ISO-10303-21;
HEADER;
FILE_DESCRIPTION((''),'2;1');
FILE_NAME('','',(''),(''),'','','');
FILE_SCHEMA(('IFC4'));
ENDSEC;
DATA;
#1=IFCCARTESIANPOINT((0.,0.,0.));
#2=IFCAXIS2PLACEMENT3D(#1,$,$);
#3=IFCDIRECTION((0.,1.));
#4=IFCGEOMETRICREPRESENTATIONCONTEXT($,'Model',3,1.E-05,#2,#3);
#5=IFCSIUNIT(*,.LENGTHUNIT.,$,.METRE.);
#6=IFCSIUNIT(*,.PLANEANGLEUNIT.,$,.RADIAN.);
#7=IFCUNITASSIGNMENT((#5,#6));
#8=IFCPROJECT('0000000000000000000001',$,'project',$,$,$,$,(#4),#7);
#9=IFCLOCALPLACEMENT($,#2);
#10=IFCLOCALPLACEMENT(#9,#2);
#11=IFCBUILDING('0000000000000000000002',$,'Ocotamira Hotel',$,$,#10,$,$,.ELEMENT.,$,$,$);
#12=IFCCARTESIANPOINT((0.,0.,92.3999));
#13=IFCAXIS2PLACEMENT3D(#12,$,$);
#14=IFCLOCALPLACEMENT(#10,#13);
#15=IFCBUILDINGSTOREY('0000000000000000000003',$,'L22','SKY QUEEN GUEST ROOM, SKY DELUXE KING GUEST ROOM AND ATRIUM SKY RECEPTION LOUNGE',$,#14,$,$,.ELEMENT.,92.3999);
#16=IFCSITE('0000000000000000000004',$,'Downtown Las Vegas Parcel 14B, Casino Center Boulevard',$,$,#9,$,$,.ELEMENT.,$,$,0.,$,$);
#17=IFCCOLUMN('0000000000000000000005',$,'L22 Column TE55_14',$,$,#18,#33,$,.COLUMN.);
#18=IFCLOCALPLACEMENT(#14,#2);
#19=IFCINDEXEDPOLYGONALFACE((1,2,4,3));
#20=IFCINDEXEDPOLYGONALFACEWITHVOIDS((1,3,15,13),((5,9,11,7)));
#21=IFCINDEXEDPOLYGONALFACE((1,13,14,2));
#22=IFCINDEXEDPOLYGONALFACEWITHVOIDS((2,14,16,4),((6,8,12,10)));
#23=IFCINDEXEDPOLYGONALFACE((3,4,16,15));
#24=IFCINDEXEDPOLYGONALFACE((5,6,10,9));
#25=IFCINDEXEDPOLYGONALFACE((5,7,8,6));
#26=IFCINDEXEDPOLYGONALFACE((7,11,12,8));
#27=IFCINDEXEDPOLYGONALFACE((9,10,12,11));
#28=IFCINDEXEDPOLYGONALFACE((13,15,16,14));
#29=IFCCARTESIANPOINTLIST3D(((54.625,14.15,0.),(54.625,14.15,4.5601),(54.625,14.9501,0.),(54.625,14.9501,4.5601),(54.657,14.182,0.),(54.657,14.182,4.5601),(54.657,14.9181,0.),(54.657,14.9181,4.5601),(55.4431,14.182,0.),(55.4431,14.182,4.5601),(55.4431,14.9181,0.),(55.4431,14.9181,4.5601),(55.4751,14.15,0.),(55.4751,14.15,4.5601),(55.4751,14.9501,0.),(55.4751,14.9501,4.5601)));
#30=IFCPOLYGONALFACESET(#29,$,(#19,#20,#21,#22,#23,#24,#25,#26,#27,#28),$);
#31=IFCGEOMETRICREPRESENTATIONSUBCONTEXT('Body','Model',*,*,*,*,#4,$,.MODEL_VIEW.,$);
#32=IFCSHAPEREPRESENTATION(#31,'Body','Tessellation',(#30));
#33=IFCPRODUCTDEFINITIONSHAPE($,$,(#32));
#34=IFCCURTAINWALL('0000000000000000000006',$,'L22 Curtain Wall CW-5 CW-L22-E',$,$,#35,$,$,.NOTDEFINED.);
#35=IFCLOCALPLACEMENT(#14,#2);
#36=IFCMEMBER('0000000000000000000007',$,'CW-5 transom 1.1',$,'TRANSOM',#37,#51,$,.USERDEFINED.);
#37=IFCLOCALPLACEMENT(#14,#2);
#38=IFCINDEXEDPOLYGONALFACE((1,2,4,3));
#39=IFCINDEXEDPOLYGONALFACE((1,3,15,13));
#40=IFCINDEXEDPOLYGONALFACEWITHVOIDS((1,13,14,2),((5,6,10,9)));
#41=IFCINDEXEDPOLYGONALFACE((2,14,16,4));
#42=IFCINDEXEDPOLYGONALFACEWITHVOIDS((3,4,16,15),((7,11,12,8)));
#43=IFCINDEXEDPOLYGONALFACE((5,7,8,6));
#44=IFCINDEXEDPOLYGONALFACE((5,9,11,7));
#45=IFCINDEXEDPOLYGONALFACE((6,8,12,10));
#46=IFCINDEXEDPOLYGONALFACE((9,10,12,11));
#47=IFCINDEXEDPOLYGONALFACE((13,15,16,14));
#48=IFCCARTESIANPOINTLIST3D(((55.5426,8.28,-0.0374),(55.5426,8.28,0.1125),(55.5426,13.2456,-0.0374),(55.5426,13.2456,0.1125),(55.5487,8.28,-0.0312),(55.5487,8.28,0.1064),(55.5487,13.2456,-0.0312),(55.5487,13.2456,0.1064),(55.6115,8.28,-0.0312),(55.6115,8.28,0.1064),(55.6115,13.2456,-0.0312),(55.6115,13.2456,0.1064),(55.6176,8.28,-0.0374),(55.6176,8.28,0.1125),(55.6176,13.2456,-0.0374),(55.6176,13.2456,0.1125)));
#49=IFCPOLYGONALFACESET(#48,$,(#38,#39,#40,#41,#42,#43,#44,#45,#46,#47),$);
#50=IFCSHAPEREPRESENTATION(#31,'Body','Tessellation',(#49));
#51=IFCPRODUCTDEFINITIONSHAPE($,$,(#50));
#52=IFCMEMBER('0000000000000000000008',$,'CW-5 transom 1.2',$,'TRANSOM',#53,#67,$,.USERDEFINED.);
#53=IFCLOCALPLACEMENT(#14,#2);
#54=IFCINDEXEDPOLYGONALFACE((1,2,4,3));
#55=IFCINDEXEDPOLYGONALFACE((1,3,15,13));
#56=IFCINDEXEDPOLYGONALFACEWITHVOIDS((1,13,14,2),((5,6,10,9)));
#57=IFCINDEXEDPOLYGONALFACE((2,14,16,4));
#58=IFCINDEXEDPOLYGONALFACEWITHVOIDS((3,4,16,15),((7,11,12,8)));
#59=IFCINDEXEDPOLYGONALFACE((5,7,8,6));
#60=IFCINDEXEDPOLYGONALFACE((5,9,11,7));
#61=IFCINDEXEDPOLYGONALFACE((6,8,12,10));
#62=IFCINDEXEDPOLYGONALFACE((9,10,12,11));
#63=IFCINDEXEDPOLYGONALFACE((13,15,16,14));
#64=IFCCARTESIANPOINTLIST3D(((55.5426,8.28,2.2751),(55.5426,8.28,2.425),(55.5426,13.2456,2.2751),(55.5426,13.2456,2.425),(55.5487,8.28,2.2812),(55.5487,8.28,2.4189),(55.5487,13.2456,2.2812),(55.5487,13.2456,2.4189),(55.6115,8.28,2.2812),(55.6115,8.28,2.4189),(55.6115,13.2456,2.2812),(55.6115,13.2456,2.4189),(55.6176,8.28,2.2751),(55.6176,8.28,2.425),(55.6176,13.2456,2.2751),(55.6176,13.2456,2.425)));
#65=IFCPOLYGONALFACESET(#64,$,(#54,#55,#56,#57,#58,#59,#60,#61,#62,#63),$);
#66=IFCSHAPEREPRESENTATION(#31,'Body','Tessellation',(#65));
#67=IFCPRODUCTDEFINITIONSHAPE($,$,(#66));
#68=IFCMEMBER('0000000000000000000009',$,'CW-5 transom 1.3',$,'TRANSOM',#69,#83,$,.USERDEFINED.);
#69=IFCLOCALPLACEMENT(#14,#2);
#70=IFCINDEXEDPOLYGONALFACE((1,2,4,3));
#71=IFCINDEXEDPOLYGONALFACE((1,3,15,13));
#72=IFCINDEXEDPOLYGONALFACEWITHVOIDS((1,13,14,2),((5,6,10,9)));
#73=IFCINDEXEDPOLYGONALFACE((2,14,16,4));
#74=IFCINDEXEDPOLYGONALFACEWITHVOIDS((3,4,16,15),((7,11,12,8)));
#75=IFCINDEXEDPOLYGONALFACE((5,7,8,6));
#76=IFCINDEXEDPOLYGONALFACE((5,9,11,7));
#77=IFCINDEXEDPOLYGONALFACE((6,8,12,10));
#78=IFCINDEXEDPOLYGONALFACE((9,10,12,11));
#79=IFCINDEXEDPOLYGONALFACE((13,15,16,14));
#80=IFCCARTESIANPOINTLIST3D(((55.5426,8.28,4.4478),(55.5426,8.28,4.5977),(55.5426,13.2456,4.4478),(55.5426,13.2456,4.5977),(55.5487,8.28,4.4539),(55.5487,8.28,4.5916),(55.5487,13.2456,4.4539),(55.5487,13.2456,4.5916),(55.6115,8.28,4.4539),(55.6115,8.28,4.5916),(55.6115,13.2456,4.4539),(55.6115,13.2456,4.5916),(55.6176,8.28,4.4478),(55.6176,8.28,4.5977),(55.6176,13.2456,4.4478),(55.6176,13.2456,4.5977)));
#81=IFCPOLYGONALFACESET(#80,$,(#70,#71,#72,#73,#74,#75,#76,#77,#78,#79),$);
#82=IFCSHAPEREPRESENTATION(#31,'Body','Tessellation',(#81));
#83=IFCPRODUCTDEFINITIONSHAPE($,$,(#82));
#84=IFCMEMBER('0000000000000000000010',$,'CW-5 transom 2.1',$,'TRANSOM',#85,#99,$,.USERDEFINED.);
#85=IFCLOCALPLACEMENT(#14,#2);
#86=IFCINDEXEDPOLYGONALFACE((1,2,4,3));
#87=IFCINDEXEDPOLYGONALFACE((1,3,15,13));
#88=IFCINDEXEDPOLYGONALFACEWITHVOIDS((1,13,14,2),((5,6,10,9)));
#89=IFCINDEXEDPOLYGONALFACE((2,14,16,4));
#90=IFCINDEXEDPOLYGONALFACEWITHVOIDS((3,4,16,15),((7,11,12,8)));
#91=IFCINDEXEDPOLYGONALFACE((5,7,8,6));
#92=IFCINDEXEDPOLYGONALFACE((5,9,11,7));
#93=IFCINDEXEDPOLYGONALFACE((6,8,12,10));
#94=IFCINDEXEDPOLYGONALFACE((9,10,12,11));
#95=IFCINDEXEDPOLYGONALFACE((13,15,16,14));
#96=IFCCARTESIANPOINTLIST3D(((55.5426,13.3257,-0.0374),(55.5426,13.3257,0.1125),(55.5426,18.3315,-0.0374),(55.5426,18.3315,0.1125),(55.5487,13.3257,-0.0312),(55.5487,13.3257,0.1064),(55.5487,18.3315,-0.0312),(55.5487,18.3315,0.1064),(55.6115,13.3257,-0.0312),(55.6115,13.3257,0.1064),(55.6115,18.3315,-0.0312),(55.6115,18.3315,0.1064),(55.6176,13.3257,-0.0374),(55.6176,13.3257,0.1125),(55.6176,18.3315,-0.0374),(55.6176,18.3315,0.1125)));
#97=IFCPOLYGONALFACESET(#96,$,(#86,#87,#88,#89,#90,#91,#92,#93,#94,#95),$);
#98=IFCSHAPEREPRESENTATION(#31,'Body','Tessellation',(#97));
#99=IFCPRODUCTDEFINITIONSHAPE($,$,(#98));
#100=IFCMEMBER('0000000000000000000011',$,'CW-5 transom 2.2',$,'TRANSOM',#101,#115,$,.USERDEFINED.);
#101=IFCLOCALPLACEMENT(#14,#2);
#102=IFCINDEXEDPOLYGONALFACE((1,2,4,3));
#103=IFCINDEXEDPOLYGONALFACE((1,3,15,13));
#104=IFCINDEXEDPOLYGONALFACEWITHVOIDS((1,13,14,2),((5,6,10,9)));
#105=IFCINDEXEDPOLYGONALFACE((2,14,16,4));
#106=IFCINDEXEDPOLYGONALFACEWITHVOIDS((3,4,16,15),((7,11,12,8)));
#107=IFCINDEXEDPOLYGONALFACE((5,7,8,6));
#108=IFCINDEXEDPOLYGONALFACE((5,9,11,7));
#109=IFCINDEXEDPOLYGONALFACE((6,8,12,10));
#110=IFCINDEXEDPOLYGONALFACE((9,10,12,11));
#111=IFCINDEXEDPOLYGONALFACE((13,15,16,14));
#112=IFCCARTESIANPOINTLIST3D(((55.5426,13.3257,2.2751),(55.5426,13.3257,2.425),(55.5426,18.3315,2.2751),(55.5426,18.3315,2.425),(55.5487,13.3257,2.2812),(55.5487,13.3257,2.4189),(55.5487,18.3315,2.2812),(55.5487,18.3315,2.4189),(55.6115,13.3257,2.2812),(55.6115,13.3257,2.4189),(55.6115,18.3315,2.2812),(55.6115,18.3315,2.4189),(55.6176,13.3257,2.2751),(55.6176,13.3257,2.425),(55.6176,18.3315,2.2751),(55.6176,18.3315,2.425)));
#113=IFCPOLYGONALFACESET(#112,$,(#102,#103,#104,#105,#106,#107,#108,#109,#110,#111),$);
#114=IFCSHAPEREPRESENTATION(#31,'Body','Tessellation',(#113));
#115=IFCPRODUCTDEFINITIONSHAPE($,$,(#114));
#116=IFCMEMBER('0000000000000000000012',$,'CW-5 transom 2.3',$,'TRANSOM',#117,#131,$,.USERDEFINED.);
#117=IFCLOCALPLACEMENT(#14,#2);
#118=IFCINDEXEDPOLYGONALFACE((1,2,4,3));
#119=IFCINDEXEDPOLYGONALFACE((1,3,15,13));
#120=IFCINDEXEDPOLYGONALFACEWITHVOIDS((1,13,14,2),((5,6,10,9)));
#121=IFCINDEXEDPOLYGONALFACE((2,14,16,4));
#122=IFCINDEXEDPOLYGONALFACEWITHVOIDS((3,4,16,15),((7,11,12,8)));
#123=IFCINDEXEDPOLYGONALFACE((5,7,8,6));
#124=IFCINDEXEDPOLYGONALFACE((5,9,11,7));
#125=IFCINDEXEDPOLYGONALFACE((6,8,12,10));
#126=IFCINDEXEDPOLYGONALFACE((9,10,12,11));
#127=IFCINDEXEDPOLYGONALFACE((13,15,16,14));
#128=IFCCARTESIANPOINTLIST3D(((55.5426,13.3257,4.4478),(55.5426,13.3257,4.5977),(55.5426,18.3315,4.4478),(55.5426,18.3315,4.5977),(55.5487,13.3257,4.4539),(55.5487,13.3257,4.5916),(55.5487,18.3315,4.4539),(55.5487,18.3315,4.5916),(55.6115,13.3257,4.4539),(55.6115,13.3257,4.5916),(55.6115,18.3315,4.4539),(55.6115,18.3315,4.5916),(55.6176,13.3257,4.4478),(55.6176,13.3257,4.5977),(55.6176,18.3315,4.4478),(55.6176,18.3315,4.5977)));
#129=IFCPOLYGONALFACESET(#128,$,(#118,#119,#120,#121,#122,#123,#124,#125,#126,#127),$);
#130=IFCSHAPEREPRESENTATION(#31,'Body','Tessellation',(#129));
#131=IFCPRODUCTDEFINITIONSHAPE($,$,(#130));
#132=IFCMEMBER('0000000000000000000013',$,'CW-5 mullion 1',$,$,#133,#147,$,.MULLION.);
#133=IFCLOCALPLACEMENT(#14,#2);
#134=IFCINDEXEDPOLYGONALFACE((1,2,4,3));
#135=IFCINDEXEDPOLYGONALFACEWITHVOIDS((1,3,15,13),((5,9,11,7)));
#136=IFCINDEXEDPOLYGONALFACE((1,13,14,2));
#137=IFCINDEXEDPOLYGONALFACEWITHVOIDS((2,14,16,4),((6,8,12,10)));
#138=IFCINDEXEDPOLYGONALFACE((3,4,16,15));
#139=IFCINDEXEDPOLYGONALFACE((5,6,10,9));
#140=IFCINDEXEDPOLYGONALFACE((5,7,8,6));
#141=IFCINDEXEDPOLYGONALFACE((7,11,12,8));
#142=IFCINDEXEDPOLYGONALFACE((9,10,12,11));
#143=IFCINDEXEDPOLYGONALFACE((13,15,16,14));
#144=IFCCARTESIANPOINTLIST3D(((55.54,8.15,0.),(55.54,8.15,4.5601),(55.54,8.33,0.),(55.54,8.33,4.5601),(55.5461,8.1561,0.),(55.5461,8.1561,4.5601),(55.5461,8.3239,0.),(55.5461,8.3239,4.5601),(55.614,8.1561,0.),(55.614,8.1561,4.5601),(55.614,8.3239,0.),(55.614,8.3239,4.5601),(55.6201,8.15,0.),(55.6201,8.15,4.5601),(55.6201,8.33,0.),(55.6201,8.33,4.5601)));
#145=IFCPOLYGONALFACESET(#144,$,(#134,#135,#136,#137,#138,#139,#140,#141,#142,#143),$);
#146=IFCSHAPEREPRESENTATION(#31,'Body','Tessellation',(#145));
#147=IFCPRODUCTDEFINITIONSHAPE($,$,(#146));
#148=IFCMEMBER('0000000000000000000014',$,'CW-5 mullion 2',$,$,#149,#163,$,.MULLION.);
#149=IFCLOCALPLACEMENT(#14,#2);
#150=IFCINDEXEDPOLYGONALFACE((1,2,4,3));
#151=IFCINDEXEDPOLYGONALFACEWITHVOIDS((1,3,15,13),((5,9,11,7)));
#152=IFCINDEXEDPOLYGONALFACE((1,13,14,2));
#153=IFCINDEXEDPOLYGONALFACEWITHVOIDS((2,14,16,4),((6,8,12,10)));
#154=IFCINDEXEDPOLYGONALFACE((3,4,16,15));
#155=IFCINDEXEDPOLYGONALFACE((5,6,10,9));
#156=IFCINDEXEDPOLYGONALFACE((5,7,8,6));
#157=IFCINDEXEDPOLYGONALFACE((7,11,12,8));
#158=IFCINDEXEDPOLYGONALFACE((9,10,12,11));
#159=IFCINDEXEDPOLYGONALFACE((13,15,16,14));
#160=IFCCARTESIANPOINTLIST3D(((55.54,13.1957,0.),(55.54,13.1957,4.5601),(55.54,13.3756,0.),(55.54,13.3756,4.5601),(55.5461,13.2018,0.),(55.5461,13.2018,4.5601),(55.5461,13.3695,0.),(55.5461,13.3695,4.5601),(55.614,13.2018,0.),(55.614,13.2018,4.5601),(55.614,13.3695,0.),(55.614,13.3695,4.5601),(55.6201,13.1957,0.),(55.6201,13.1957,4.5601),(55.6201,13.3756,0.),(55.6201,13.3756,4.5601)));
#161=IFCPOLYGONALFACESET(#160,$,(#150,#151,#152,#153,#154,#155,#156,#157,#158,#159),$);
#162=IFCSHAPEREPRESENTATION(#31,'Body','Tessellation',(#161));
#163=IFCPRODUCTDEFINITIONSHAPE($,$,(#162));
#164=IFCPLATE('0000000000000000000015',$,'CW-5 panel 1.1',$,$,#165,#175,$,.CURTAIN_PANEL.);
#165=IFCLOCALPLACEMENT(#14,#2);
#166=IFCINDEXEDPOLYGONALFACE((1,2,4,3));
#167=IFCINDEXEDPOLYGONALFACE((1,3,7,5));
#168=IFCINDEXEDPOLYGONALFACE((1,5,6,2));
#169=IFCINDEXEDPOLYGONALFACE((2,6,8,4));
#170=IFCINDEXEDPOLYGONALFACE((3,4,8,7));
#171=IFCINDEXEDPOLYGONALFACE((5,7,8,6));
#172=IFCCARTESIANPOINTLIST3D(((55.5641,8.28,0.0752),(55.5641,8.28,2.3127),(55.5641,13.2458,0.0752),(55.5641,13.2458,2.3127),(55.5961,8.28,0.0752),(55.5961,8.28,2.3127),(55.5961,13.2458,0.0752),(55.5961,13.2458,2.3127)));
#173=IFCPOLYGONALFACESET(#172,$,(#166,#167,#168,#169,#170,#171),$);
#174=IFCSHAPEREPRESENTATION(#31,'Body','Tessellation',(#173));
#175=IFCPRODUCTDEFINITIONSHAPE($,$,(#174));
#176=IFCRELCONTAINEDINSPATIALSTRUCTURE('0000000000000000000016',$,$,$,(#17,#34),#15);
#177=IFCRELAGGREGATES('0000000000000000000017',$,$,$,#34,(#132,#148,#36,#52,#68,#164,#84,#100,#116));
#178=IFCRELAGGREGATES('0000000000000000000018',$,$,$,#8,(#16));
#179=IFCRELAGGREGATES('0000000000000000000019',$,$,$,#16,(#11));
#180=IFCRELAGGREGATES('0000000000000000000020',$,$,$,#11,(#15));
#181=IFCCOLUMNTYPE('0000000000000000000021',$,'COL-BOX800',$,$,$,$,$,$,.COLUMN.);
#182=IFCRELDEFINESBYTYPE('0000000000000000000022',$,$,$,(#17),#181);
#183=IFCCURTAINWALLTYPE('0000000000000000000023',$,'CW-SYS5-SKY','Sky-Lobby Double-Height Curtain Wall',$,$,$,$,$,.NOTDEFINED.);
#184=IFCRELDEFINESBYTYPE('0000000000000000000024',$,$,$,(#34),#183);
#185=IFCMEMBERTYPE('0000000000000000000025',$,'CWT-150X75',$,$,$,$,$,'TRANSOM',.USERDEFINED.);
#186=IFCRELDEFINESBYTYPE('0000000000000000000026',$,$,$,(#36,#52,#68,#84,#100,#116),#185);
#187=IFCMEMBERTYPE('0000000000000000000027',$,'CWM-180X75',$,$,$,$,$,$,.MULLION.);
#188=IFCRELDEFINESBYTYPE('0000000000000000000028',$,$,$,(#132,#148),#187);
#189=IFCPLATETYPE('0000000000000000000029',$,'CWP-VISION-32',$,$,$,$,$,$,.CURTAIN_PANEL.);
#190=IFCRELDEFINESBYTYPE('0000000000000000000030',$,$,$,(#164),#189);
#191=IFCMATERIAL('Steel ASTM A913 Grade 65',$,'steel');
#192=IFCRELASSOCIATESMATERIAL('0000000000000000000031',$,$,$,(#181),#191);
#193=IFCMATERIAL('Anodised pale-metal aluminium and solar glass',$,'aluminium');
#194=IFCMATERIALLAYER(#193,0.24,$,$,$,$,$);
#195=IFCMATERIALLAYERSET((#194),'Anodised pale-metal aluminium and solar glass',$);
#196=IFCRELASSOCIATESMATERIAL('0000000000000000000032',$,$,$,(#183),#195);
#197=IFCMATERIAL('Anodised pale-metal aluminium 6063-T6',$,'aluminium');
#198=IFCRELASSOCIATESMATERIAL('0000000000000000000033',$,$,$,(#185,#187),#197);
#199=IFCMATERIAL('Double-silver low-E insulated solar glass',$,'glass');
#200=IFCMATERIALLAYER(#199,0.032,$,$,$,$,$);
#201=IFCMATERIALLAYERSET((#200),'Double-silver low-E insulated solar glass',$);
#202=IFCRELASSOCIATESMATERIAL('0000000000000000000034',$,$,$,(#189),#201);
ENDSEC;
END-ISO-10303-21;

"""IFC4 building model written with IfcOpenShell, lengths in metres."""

from ifc_helpers import new_model, si_unit, direction, frame, origin, origin_2d, place, context, subcontext, project, spatial, rectangle, hollow_rectangle, extrude, source, transform, mapped, material, layer, layer_set, material_profile, profile_set, type_object, element, aggregate, save


model = new_model("IFC4")

# Units and contexts
model_context = context("Model", 3, precision=1e-05, world=origin(), true_north=direction((0.0, 1.0)))
body_context = subcontext(model_context, "Body", "Model", "MODEL_VIEW")
ifc_project = project(units=[si_unit("LENGTHUNIT", "METRE"), si_unit("PLANEANGLEUNIT", "RADIAN")], contexts=[model_context])

# Site, building, storey
site_placement = place(None, origin())
site = spatial("IfcSite", under=ifc_project, at=site_placement, Name="Downtown Las Vegas Parcel 14B, Casino Center Boulevard", CompositionType="ELEMENT", RefElevation=0.0)
building_placement = place(site_placement, origin())
building = spatial("IfcBuilding", under=site, at=building_placement, Name="Ocotamira Hotel", CompositionType="ELEMENT")
storey_placement = place(building_placement, frame((0.0, 0.0, 92.3999)))
storey = spatial("IfcBuildingStorey", under=building, at=storey_placement, Name="L22", Description="SKY QUEEN GUEST ROOM, SKY DELUXE KING GUEST ROOM AND ATRIUM SKY RECEPTION LOUNGE", CompositionType="ELEMENT", Elevation=92.3999)

# Column
ifc_material_1 = material(Name="Steel ASTM A913 Grade 65", Category="steel")
ifc_material_profile_1 = material_profile(ifc_material_1, hollow_rectangle(XDim=0.8501, YDim=0.8, WallThickness=0.032, at=origin_2d()), Name="BOX800X850X32")
ifc_profile_set_1 = profile_set([ifc_material_profile_1], Name="Steel ASTM A913 Grade 65")
column_type = type_object("IfcColumnType", Name="COL-BOX800", PredefinedType="COLUMN", material=ifc_profile_set_1)
shared_shape_1 = source(origin(), body_context, "Body", "SweptSolid", [
    extrude(hollow_rectangle(XDim=0.8501, YDim=0.8, WallThickness=0.032, at=origin_2d()), origin(), (0.0, 0.0, 1.0), 4.5601),
])
column_placement = place(storey_placement, frame((55.05, 14.55, 0.0), z_axis=(0.0, 0.0, 1.0), x_axis=(1.0, 0.0, 0.0)))
element("IfcColumn", 1, at=column_placement, inside=storey, type_object=column_type, Name="L22 Column TE55_14", PredefinedType="COLUMN", context=body_context, shape_type="MappedRepresentation", body=[
    mapped(shared_shape_1, transform((0.0, 0.0, 0.0), scale=1.0)),
])

# Curtain wall, members, plate
ifc_material_2 = material(Name="Anodised pale-metal aluminium and solar glass", Category="aluminium")
ifc_layer_1 = layer(ifc_material_2, 0.24)
ifc_layer_set_1 = layer_set([ifc_layer_1], Name="Anodised pale-metal aluminium and solar glass")
curtain_wall_type = type_object("IfcCurtainWallType", Name="CW-SYS5-SKY", Description="Sky-Lobby Double-Height Curtain Wall", PredefinedType="NOTDEFINED", material=ifc_layer_set_1)
curtain_wall_placement = place(storey_placement, origin())
curtain_wall = element("IfcCurtainWall", 2, at=curtain_wall_placement, inside=storey, type_object=curtain_wall_type, Name="L22 Curtain Wall CW-5 CW-L22-E", PredefinedType="NOTDEFINED")
ifc_material_3 = material(Name="Anodised pale-metal aluminium 6063-T6", Category="aluminium")
ifc_material_profile_2 = material_profile(ifc_material_3, hollow_rectangle(XDim=0.075, YDim=0.1499, WallThickness=0.0061, at=origin_2d()), Name="HSS150X75X6")
ifc_profile_set_2 = profile_set([ifc_material_profile_2], Name="Anodised pale-metal aluminium 6063-T6")
member_type_1 = type_object("IfcMemberType", Name="CWT-150X75", ElementType="TRANSOM", PredefinedType="USERDEFINED", material=ifc_profile_set_2)
shared_shape_2 = source(origin(), body_context, "Body", "SweptSolid", [
    extrude(hollow_rectangle(XDim=0.075, YDim=0.1499, WallThickness=0.0061, at=origin_2d()), origin(), (0.0, 0.0, 1.0), 4.9656),
])
member_1_placement = place(storey_placement, frame((55.5801, 8.28, 0.0376), z_axis=(0.0, 1.0, 0.0), x_axis=(-1.0, 0.0, 0.0)))
member_1 = element("IfcMember", 3, at=member_1_placement, type_object=member_type_1, Name="CW-5 transom 1.1", ObjectType="TRANSOM", PredefinedType="USERDEFINED", context=body_context, shape_type="MappedRepresentation", body=[
    mapped(shared_shape_2, transform((0.0, 0.0, 0.0), scale=1.0)),
])
member_2_placement = place(storey_placement, frame((55.5801, 8.28, 2.3501), z_axis=(0.0, 1.0, 0.0), x_axis=(-1.0, 0.0, 0.0)))
member_2 = element("IfcMember", 4, at=member_2_placement, type_object=member_type_1, Name="CW-5 transom 1.2", ObjectType="TRANSOM", PredefinedType="USERDEFINED", context=body_context, shape_type="MappedRepresentation", body=[
    mapped(shared_shape_2, transform((0.0, 0.0, 0.0), scale=1.0)),
])
member_3_placement = place(storey_placement, frame((55.5801, 8.28, 4.5227), z_axis=(0.0, 1.0, 0.0), x_axis=(-1.0, 0.0, 0.0)))
member_3 = element("IfcMember", 5, at=member_3_placement, type_object=member_type_1, Name="CW-5 transom 1.3", ObjectType="TRANSOM", PredefinedType="USERDEFINED", context=body_context, shape_type="MappedRepresentation", body=[
    mapped(shared_shape_2, transform((0.0, 0.0, 0.0), scale=1.0)),
])
shared_shape_3 = source(origin(), body_context, "Body", "SweptSolid", [
    extrude(hollow_rectangle(XDim=0.075, YDim=0.1499, WallThickness=0.0061, at=origin_2d()), origin(), (0.0, 0.0, 1.0), 5.0059),
])
member_4_placement = place(storey_placement, frame((55.5801, 13.3257, 0.0376), z_axis=(0.0, 1.0, 0.0), x_axis=(-1.0, 0.0, 0.0)))
member_4 = element("IfcMember", 6, at=member_4_placement, type_object=member_type_1, Name="CW-5 transom 2.1", ObjectType="TRANSOM", PredefinedType="USERDEFINED", context=body_context, shape_type="MappedRepresentation", body=[
    mapped(shared_shape_3, transform((0.0, 0.0, 0.0), scale=1.0)),
])
member_5_placement = place(storey_placement, frame((55.5801, 13.3257, 2.3501), z_axis=(0.0, 1.0, 0.0), x_axis=(-1.0, 0.0, 0.0)))
member_5 = element("IfcMember", 7, at=member_5_placement, type_object=member_type_1, Name="CW-5 transom 2.2", ObjectType="TRANSOM", PredefinedType="USERDEFINED", context=body_context, shape_type="MappedRepresentation", body=[
    mapped(shared_shape_3, transform((0.0, 0.0, 0.0), scale=1.0)),
])
member_6_placement = place(storey_placement, frame((55.5801, 13.3257, 4.5227), z_axis=(0.0, 1.0, 0.0), x_axis=(-1.0, 0.0, 0.0)))
member_6 = element("IfcMember", 8, at=member_6_placement, type_object=member_type_1, Name="CW-5 transom 2.3", ObjectType="TRANSOM", PredefinedType="USERDEFINED", context=body_context, shape_type="MappedRepresentation", body=[
    mapped(shared_shape_3, transform((0.0, 0.0, 0.0), scale=1.0)),
])
ifc_material_profile_3 = material_profile(ifc_material_3, hollow_rectangle(XDim=0.0801, YDim=0.1799, WallThickness=0.0061, at=origin_2d()), Name="HSS180X80X6")
ifc_profile_set_3 = profile_set([ifc_material_profile_3], Name="Anodised pale-metal aluminium 6063-T6")
member_type_2 = type_object("IfcMemberType", Name="CWM-180X75", PredefinedType="MULLION", material=ifc_profile_set_3)
shared_shape_4 = source(origin(), body_context, "Body", "SweptSolid", [
    extrude(hollow_rectangle(XDim=0.0801, YDim=0.1799, WallThickness=0.0061, at=origin_2d()), origin(), (0.0, 0.0, 1.0), 4.5601),
])
member_7_placement = place(storey_placement, frame((55.5801, 8.24, 0.0), z_axis=(0.0, 0.0, 1.0), x_axis=(-1.0, 0.0, 0.0)))
member_7 = element("IfcMember", 9, at=member_7_placement, type_object=member_type_2, Name="CW-5 mullion 1", PredefinedType="MULLION", context=body_context, shape_type="MappedRepresentation", body=[
    mapped(shared_shape_4, transform((0.0, 0.0, 0.0), scale=1.0)),
])
member_8_placement = place(storey_placement, frame((55.5801, 13.2856, 0.0), z_axis=(0.0, 0.0, 1.0), x_axis=(-1.0, 0.0, 0.0)))
member_8 = element("IfcMember", 10, at=member_8_placement, type_object=member_type_2, Name="CW-5 mullion 2", PredefinedType="MULLION", context=body_context, shape_type="MappedRepresentation", body=[
    mapped(shared_shape_4, transform((0.0, 0.0, 0.0), scale=1.0)),
])
ifc_material_4 = material(Name="Double-silver low-E insulated solar glass", Category="glass")
ifc_layer_2 = layer(ifc_material_4, 0.032)
ifc_layer_set_2 = layer_set([ifc_layer_2], Name="Double-silver low-E insulated solar glass")
plate_type = type_object("IfcPlateType", Name="CWP-VISION-32", PredefinedType="CURTAIN_PANEL", material=ifc_layer_set_2)
shared_shape_5 = source(origin(), body_context, "Body", "SweptSolid", [
    extrude(rectangle(XDim=4.9658, YDim=0.032, at=origin_2d()), origin(), (0.0, 0.0, 1.0), 2.2375),
])
plate_1_placement = place(storey_placement, frame((55.5801, 10.7629, 0.0752), z_axis=(0.0, 0.0, 1.0), x_axis=(0.0, 1.0, 0.0)))
plate_1 = element("IfcPlate", 11, at=plate_1_placement, type_object=plate_type, Name="CW-5 panel 1.1", PredefinedType="CURTAIN_PANEL", context=body_context, shape_type="MappedRepresentation", body=[
    mapped(shared_shape_5, transform((0.0, 0.0, 0.0), scale=1.0)),
])
aggregate(curtain_wall, [member_7, member_8, member_1, member_2, member_3, plate_1, member_4, member_5, member_6])

save(model, "model.ifc")
